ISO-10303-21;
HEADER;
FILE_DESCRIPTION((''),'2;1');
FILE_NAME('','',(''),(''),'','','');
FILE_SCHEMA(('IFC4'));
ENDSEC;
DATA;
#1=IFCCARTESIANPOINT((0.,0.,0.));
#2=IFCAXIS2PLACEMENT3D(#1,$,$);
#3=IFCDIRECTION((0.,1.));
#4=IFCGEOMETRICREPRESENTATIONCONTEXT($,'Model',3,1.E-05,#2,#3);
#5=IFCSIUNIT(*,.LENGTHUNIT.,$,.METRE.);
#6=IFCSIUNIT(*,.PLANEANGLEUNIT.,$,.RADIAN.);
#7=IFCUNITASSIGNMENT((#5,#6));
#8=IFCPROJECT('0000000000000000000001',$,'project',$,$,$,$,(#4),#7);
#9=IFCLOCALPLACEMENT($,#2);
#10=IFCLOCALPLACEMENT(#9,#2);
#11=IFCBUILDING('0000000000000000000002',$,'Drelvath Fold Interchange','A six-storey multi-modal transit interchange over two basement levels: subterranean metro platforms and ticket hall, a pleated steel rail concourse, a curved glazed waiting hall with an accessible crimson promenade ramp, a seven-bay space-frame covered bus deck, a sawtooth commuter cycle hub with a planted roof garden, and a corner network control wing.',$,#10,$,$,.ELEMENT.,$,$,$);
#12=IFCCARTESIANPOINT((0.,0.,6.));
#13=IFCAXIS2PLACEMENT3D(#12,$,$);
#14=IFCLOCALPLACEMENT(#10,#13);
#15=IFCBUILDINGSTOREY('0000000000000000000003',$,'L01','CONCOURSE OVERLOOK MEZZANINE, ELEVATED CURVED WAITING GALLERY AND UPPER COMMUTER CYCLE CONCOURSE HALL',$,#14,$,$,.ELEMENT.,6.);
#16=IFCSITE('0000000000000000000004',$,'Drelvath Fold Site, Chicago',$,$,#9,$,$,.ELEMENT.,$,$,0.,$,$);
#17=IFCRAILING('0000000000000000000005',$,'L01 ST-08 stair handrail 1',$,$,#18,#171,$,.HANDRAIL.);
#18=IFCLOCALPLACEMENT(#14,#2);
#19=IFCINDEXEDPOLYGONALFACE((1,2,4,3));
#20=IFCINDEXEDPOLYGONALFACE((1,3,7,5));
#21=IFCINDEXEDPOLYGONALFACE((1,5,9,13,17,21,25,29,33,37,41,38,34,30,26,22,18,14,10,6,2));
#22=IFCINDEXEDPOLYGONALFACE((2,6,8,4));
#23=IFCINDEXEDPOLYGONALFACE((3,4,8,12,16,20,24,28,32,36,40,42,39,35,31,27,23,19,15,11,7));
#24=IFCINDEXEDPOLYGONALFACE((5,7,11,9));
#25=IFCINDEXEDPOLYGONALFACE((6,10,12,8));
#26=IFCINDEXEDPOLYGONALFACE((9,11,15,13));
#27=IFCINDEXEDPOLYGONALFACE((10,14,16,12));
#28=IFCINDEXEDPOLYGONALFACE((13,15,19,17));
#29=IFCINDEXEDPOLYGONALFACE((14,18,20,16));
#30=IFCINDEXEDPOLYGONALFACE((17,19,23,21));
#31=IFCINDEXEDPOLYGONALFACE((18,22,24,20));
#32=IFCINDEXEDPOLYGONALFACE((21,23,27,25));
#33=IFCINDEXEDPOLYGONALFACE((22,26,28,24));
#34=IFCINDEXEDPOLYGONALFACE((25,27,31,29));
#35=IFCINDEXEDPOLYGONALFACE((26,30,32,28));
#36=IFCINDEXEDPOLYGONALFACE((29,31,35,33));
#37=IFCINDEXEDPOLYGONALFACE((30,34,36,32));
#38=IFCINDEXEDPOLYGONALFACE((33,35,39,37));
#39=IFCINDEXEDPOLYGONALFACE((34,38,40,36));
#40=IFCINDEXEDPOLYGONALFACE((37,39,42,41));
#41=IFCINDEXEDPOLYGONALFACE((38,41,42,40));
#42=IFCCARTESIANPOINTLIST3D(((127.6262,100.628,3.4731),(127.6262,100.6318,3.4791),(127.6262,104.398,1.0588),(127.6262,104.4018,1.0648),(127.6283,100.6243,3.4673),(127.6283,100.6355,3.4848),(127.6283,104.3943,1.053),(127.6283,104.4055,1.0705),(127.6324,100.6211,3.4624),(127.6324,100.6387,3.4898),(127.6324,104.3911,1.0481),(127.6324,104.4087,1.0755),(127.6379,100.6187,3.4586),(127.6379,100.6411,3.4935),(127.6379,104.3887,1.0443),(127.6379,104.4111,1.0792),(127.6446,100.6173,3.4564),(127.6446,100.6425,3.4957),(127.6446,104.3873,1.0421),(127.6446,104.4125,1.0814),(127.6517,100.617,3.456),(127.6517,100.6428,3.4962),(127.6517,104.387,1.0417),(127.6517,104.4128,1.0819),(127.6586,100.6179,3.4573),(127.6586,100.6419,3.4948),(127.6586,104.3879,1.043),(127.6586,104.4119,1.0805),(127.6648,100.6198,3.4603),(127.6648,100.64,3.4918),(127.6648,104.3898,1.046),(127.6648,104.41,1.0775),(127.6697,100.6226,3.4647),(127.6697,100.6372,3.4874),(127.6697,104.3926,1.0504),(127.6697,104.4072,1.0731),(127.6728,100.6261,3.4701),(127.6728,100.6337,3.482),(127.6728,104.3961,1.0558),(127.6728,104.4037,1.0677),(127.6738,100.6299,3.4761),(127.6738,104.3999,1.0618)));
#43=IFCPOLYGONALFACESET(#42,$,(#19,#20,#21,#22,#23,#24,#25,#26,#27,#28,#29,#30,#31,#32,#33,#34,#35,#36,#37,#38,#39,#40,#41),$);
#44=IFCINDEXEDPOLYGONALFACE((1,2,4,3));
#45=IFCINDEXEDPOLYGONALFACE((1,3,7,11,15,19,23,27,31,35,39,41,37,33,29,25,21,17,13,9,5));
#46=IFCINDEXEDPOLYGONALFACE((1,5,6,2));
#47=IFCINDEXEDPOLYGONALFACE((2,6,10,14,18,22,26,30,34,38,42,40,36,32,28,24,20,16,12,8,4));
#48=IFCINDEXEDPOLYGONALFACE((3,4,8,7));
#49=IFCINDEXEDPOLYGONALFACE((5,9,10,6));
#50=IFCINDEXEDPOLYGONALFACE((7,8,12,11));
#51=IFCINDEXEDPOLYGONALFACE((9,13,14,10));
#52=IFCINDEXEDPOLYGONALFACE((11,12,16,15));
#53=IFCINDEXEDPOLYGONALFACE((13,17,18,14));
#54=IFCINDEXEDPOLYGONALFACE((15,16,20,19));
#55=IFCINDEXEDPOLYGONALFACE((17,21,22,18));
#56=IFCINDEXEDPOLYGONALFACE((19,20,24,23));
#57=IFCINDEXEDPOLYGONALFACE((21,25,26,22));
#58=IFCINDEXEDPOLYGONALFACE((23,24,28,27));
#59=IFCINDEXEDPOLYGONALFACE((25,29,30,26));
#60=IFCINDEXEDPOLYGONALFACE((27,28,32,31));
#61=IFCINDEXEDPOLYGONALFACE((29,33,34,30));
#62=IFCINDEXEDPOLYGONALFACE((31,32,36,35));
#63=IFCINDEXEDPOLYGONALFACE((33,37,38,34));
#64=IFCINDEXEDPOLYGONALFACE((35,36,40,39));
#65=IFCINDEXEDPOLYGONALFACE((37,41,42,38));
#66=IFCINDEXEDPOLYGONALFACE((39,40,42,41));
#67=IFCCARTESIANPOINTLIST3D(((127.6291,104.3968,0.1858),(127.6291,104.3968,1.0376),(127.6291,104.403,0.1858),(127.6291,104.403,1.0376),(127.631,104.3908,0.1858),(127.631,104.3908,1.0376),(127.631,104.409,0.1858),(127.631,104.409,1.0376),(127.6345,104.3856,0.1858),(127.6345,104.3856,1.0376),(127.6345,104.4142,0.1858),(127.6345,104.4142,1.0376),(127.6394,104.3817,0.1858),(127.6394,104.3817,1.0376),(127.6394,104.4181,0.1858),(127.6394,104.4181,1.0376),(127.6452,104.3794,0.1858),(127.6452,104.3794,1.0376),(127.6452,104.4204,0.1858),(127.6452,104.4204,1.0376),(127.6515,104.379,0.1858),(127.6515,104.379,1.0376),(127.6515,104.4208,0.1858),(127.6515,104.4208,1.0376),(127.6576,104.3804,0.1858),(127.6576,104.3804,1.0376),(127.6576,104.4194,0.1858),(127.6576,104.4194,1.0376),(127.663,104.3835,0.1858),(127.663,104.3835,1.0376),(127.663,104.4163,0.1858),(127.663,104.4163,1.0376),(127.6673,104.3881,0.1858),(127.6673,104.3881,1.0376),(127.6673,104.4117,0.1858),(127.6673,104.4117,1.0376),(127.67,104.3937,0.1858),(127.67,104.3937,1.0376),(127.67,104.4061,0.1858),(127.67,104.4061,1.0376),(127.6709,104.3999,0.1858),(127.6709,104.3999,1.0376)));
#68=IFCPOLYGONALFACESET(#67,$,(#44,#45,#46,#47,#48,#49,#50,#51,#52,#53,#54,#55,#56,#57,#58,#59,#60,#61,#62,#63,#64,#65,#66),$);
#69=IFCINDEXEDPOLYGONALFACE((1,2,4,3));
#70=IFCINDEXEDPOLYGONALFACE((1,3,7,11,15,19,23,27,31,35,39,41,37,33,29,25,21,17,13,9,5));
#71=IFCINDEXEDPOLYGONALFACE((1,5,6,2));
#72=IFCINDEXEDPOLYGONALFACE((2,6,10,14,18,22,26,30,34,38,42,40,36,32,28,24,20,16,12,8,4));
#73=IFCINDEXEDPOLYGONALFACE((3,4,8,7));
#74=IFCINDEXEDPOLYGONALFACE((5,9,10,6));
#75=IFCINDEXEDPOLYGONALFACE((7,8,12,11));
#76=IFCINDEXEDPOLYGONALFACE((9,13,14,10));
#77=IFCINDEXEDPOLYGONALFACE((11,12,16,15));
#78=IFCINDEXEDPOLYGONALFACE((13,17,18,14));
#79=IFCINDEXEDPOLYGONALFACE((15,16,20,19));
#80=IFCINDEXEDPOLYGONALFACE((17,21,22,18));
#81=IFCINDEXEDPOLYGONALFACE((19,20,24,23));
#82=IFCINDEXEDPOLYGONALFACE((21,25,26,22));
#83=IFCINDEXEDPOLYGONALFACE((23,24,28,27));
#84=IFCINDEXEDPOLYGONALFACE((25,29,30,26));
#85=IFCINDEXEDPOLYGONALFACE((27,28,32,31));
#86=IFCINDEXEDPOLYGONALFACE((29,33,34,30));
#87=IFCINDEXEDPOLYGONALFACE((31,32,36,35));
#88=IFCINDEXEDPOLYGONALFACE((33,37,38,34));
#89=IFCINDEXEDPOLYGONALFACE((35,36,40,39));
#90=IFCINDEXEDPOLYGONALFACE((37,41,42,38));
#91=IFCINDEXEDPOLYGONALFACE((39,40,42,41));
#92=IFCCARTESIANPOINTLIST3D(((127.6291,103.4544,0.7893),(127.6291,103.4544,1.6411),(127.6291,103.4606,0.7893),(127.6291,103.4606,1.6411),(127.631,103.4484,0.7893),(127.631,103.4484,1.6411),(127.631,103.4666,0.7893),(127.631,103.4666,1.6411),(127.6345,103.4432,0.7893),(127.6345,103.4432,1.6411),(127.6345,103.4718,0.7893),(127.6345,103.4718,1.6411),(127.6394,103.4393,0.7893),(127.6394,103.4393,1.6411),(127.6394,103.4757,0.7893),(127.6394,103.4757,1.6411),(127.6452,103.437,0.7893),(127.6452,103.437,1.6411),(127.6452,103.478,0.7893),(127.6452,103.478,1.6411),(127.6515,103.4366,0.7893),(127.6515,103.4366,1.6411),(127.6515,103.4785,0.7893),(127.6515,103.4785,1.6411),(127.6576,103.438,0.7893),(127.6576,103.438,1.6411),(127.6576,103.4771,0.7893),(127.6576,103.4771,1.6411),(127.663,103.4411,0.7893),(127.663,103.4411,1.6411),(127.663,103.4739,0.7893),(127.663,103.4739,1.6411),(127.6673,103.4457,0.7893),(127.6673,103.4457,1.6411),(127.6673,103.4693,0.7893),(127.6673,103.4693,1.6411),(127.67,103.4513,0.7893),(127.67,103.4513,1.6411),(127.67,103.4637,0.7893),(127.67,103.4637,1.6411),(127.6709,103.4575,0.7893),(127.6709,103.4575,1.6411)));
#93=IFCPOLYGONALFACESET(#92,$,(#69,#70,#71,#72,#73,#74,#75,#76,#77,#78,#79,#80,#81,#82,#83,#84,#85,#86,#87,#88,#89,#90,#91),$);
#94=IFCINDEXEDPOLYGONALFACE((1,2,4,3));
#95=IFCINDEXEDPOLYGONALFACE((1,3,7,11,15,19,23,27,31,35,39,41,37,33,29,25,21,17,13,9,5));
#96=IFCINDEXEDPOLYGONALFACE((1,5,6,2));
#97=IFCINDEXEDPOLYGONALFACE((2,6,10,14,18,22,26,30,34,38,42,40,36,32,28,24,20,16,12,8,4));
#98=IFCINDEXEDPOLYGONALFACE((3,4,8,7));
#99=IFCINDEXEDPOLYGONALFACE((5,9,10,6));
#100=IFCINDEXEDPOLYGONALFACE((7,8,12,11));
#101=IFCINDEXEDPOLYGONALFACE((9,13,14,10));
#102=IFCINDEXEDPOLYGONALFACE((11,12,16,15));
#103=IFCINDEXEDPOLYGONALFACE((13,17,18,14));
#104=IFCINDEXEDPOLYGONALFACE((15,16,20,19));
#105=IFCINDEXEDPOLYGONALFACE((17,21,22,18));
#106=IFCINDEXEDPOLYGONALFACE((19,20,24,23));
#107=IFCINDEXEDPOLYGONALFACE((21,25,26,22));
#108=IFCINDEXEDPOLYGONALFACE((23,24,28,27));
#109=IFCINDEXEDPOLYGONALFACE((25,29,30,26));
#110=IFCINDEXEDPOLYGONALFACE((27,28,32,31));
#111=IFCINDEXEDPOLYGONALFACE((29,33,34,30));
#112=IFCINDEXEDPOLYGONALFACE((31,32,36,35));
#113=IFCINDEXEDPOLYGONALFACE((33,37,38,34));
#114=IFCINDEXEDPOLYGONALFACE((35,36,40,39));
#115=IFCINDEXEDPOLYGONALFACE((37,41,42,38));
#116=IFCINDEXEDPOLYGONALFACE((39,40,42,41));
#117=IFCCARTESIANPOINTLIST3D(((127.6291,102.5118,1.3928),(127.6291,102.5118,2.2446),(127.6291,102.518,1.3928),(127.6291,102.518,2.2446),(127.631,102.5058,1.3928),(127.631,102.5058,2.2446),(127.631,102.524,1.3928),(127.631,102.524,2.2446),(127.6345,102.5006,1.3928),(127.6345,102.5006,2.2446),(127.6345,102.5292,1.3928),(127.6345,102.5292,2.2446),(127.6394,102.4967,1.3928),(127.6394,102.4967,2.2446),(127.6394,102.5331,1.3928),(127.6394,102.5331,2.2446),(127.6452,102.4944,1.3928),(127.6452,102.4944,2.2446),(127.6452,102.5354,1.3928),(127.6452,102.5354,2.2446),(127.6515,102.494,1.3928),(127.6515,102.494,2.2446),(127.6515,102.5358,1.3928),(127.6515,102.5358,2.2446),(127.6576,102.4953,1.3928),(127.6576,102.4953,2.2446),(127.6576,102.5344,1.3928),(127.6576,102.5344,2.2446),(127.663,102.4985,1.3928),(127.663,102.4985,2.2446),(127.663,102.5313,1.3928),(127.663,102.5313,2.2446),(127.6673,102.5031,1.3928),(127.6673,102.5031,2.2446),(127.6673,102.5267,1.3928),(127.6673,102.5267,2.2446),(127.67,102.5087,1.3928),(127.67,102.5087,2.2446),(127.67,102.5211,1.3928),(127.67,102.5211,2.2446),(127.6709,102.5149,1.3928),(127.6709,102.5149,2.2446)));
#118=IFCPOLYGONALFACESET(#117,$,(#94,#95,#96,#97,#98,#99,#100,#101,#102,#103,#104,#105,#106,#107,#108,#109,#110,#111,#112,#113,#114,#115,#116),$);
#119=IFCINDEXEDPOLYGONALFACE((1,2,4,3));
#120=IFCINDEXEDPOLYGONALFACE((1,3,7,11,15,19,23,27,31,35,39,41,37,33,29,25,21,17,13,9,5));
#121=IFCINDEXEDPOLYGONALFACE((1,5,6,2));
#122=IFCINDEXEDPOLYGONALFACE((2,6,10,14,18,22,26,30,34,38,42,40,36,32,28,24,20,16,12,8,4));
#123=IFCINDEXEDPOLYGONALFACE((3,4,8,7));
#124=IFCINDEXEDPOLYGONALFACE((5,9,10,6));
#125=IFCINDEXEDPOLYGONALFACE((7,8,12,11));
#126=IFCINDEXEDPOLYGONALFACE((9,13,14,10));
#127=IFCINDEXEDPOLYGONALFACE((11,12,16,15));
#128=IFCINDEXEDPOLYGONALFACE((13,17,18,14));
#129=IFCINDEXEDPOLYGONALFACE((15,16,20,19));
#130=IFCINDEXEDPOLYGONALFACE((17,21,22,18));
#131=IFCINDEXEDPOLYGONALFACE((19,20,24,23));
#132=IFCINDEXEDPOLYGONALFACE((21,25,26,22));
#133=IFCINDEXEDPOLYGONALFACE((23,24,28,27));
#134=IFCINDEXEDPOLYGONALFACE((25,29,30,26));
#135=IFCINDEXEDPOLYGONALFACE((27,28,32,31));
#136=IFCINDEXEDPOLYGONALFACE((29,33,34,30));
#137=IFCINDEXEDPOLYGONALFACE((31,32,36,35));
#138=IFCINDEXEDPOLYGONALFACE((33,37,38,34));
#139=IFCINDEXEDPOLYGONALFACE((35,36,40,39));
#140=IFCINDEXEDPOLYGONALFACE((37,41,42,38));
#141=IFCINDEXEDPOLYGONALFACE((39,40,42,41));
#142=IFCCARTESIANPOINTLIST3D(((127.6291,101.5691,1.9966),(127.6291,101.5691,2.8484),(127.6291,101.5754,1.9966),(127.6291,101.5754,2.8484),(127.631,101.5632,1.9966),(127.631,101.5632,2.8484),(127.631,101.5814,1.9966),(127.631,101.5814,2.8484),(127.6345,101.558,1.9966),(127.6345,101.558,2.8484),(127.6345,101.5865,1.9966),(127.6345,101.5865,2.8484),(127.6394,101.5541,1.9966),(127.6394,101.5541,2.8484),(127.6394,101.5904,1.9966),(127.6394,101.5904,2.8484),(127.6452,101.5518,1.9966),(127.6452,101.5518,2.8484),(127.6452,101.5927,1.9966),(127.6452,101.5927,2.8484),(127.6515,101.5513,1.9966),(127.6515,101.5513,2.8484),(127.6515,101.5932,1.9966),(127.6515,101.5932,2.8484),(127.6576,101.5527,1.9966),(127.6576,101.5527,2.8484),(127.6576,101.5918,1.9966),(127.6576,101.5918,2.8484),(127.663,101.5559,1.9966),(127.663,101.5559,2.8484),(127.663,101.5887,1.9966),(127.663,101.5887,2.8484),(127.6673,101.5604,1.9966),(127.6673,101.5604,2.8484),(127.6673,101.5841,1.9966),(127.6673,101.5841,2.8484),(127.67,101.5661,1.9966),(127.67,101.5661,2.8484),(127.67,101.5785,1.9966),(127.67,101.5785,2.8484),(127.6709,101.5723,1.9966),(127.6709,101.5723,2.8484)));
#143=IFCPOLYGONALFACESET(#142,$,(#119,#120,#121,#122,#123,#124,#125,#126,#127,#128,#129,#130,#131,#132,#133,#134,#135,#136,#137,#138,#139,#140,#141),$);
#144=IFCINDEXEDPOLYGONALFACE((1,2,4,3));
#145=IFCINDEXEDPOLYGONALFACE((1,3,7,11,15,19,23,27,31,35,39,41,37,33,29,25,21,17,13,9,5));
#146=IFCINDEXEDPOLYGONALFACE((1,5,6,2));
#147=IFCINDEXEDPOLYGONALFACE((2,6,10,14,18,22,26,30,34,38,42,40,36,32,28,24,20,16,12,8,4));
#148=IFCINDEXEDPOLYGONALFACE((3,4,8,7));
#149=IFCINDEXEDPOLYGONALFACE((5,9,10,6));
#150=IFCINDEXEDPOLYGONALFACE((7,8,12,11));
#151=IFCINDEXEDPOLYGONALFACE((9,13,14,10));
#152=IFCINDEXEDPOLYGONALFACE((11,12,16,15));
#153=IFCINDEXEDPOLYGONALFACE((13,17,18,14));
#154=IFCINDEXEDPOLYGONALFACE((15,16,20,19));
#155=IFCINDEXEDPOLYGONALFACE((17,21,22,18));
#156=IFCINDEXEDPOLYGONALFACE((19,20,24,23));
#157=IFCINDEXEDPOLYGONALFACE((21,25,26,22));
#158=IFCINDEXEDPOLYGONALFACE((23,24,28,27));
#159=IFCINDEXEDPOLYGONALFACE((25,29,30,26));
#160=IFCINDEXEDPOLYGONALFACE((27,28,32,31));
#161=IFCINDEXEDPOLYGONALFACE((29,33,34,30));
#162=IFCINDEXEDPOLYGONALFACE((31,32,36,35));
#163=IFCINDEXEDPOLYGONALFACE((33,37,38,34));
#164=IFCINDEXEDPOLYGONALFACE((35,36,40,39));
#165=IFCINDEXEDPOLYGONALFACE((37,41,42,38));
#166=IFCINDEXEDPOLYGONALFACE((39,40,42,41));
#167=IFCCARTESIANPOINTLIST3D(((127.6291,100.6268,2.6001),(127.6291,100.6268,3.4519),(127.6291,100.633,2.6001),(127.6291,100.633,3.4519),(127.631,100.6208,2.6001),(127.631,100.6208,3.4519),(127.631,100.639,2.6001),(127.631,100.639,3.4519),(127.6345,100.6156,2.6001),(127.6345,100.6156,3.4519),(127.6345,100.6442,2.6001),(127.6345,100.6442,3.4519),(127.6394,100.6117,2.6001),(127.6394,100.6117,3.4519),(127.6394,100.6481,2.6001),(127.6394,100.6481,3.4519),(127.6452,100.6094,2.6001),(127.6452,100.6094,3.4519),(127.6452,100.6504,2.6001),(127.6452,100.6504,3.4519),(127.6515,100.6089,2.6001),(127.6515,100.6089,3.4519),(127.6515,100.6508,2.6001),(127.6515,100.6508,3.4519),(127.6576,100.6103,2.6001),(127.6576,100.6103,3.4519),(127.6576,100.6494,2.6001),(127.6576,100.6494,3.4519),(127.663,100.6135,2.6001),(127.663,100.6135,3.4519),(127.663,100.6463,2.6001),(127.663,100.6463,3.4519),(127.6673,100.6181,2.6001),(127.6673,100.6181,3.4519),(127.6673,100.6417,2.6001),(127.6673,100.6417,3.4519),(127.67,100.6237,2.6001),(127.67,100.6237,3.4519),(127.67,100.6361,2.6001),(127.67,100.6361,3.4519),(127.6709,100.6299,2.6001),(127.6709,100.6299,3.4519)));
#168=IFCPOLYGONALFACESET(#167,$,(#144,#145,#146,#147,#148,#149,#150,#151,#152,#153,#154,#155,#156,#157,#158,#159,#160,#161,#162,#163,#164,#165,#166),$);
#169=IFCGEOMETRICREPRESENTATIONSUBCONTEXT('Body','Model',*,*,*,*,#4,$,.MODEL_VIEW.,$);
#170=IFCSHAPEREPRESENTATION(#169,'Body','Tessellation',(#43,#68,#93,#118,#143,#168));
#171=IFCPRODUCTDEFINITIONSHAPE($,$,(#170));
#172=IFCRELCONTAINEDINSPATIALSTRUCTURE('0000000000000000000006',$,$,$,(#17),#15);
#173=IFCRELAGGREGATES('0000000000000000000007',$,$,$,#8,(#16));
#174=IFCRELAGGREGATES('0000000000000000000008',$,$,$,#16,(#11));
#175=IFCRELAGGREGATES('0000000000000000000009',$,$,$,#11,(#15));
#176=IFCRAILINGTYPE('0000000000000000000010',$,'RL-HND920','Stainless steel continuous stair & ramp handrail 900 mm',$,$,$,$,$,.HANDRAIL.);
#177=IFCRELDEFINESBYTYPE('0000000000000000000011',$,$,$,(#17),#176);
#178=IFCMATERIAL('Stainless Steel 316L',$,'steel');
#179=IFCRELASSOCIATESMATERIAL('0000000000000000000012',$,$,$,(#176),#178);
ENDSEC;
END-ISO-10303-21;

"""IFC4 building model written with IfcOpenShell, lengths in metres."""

from ifc_helpers import new_model, si_unit, direction, frame, origin, origin_2d, place, context, subcontext, project, spatial, circle, extrude, material, type_object, element, save


model = new_model("IFC4")

# Units and contexts
model_context = context("Model", 3, precision=1e-05, world=origin(), true_north=direction((0.0, 1.0)))
body_context = subcontext(model_context, "Body", "Model", "MODEL_VIEW")
ifc_project = project(units=[si_unit("LENGTHUNIT", "METRE"), si_unit("PLANEANGLEUNIT", "RADIAN")], contexts=[model_context])

# Site, building, storey
site_placement = place(None, origin())
site = spatial("IfcSite", under=ifc_project, at=site_placement, Name="Drelvath Fold Site, Chicago", CompositionType="ELEMENT", RefElevation=0.0)
building_placement = place(site_placement, origin())
building = spatial("IfcBuilding", under=site, at=building_placement, Name="Drelvath Fold Interchange", Description="A six-storey multi-modal transit interchange over two basement levels: subterranean metro platforms and ticket hall, a pleated steel rail concourse, a curved glazed waiting hall with an accessible crimson promenade ramp, a seven-bay space-frame covered bus deck, a sawtooth commuter cycle hub with a planted roof garden, and a corner network control wing.", CompositionType="ELEMENT")
storey_placement = place(building_placement, frame((0.0, 0.0, 6.0)))
storey = spatial("IfcBuildingStorey", under=building, at=storey_placement, Name="L01", Description="CONCOURSE OVERLOOK MEZZANINE, ELEVATED CURVED WAITING GALLERY AND UPPER COMMUTER CYCLE CONCOURSE HALL", CompositionType="ELEMENT", Elevation=6.0)

# Railing
ifc_material_1 = material(Name="Stainless Steel 316L", Category="steel")
railing_type_1 = type_object("IfcRailingType", Name="RL-HND920", Description="Stainless steel continuous stair & ramp handrail 900 mm", PredefinedType="HANDRAIL", material=ifc_material_1)
railing_1_placement = place(storey_placement, frame((127.6499, 104.3999, 0.1858)))
element("IfcRailing", 1, at=railing_1_placement, inside=storey, type_object=railing_type_1, Name="L01 ST-08 stair handrail 1", PredefinedType="HANDRAIL", context=body_context, shape_type="SweptSolid", body=[
    extrude(circle(Radius=0.0239, at=origin_2d()), frame((0.0, 0.0, 0.876), z_axis=(0.0, -0.84212, 0.53929), x_axis=(1.0, 0.0, 0.0)), (0.0, 0.0, 1.0), 4.4768),
    extrude(circle(Radius=0.021, at=origin_2d()), origin(), (0.0, 0.0, 1.0), 0.8518),
    extrude(circle(Radius=0.021, at=origin_2d()), frame((0.0, -0.9424, 0.6035)), (0.0, 0.0, 1.0), 0.8518),
    extrude(circle(Radius=0.021, at=origin_2d()), frame((0.0, -1.885, 1.207)), (0.0, 0.0, 1.0), 0.8518),
    extrude(circle(Radius=0.021, at=origin_2d()), frame((0.0, -2.8276, 1.8108)), (0.0, 0.0, 1.0), 0.8518),
    extrude(circle(Radius=0.021, at=origin_2d()), frame((0.0, -3.77, 2.4143)), (0.0, 0.0, 1.0), 0.8518),
])

save(model, "model.ifc")
